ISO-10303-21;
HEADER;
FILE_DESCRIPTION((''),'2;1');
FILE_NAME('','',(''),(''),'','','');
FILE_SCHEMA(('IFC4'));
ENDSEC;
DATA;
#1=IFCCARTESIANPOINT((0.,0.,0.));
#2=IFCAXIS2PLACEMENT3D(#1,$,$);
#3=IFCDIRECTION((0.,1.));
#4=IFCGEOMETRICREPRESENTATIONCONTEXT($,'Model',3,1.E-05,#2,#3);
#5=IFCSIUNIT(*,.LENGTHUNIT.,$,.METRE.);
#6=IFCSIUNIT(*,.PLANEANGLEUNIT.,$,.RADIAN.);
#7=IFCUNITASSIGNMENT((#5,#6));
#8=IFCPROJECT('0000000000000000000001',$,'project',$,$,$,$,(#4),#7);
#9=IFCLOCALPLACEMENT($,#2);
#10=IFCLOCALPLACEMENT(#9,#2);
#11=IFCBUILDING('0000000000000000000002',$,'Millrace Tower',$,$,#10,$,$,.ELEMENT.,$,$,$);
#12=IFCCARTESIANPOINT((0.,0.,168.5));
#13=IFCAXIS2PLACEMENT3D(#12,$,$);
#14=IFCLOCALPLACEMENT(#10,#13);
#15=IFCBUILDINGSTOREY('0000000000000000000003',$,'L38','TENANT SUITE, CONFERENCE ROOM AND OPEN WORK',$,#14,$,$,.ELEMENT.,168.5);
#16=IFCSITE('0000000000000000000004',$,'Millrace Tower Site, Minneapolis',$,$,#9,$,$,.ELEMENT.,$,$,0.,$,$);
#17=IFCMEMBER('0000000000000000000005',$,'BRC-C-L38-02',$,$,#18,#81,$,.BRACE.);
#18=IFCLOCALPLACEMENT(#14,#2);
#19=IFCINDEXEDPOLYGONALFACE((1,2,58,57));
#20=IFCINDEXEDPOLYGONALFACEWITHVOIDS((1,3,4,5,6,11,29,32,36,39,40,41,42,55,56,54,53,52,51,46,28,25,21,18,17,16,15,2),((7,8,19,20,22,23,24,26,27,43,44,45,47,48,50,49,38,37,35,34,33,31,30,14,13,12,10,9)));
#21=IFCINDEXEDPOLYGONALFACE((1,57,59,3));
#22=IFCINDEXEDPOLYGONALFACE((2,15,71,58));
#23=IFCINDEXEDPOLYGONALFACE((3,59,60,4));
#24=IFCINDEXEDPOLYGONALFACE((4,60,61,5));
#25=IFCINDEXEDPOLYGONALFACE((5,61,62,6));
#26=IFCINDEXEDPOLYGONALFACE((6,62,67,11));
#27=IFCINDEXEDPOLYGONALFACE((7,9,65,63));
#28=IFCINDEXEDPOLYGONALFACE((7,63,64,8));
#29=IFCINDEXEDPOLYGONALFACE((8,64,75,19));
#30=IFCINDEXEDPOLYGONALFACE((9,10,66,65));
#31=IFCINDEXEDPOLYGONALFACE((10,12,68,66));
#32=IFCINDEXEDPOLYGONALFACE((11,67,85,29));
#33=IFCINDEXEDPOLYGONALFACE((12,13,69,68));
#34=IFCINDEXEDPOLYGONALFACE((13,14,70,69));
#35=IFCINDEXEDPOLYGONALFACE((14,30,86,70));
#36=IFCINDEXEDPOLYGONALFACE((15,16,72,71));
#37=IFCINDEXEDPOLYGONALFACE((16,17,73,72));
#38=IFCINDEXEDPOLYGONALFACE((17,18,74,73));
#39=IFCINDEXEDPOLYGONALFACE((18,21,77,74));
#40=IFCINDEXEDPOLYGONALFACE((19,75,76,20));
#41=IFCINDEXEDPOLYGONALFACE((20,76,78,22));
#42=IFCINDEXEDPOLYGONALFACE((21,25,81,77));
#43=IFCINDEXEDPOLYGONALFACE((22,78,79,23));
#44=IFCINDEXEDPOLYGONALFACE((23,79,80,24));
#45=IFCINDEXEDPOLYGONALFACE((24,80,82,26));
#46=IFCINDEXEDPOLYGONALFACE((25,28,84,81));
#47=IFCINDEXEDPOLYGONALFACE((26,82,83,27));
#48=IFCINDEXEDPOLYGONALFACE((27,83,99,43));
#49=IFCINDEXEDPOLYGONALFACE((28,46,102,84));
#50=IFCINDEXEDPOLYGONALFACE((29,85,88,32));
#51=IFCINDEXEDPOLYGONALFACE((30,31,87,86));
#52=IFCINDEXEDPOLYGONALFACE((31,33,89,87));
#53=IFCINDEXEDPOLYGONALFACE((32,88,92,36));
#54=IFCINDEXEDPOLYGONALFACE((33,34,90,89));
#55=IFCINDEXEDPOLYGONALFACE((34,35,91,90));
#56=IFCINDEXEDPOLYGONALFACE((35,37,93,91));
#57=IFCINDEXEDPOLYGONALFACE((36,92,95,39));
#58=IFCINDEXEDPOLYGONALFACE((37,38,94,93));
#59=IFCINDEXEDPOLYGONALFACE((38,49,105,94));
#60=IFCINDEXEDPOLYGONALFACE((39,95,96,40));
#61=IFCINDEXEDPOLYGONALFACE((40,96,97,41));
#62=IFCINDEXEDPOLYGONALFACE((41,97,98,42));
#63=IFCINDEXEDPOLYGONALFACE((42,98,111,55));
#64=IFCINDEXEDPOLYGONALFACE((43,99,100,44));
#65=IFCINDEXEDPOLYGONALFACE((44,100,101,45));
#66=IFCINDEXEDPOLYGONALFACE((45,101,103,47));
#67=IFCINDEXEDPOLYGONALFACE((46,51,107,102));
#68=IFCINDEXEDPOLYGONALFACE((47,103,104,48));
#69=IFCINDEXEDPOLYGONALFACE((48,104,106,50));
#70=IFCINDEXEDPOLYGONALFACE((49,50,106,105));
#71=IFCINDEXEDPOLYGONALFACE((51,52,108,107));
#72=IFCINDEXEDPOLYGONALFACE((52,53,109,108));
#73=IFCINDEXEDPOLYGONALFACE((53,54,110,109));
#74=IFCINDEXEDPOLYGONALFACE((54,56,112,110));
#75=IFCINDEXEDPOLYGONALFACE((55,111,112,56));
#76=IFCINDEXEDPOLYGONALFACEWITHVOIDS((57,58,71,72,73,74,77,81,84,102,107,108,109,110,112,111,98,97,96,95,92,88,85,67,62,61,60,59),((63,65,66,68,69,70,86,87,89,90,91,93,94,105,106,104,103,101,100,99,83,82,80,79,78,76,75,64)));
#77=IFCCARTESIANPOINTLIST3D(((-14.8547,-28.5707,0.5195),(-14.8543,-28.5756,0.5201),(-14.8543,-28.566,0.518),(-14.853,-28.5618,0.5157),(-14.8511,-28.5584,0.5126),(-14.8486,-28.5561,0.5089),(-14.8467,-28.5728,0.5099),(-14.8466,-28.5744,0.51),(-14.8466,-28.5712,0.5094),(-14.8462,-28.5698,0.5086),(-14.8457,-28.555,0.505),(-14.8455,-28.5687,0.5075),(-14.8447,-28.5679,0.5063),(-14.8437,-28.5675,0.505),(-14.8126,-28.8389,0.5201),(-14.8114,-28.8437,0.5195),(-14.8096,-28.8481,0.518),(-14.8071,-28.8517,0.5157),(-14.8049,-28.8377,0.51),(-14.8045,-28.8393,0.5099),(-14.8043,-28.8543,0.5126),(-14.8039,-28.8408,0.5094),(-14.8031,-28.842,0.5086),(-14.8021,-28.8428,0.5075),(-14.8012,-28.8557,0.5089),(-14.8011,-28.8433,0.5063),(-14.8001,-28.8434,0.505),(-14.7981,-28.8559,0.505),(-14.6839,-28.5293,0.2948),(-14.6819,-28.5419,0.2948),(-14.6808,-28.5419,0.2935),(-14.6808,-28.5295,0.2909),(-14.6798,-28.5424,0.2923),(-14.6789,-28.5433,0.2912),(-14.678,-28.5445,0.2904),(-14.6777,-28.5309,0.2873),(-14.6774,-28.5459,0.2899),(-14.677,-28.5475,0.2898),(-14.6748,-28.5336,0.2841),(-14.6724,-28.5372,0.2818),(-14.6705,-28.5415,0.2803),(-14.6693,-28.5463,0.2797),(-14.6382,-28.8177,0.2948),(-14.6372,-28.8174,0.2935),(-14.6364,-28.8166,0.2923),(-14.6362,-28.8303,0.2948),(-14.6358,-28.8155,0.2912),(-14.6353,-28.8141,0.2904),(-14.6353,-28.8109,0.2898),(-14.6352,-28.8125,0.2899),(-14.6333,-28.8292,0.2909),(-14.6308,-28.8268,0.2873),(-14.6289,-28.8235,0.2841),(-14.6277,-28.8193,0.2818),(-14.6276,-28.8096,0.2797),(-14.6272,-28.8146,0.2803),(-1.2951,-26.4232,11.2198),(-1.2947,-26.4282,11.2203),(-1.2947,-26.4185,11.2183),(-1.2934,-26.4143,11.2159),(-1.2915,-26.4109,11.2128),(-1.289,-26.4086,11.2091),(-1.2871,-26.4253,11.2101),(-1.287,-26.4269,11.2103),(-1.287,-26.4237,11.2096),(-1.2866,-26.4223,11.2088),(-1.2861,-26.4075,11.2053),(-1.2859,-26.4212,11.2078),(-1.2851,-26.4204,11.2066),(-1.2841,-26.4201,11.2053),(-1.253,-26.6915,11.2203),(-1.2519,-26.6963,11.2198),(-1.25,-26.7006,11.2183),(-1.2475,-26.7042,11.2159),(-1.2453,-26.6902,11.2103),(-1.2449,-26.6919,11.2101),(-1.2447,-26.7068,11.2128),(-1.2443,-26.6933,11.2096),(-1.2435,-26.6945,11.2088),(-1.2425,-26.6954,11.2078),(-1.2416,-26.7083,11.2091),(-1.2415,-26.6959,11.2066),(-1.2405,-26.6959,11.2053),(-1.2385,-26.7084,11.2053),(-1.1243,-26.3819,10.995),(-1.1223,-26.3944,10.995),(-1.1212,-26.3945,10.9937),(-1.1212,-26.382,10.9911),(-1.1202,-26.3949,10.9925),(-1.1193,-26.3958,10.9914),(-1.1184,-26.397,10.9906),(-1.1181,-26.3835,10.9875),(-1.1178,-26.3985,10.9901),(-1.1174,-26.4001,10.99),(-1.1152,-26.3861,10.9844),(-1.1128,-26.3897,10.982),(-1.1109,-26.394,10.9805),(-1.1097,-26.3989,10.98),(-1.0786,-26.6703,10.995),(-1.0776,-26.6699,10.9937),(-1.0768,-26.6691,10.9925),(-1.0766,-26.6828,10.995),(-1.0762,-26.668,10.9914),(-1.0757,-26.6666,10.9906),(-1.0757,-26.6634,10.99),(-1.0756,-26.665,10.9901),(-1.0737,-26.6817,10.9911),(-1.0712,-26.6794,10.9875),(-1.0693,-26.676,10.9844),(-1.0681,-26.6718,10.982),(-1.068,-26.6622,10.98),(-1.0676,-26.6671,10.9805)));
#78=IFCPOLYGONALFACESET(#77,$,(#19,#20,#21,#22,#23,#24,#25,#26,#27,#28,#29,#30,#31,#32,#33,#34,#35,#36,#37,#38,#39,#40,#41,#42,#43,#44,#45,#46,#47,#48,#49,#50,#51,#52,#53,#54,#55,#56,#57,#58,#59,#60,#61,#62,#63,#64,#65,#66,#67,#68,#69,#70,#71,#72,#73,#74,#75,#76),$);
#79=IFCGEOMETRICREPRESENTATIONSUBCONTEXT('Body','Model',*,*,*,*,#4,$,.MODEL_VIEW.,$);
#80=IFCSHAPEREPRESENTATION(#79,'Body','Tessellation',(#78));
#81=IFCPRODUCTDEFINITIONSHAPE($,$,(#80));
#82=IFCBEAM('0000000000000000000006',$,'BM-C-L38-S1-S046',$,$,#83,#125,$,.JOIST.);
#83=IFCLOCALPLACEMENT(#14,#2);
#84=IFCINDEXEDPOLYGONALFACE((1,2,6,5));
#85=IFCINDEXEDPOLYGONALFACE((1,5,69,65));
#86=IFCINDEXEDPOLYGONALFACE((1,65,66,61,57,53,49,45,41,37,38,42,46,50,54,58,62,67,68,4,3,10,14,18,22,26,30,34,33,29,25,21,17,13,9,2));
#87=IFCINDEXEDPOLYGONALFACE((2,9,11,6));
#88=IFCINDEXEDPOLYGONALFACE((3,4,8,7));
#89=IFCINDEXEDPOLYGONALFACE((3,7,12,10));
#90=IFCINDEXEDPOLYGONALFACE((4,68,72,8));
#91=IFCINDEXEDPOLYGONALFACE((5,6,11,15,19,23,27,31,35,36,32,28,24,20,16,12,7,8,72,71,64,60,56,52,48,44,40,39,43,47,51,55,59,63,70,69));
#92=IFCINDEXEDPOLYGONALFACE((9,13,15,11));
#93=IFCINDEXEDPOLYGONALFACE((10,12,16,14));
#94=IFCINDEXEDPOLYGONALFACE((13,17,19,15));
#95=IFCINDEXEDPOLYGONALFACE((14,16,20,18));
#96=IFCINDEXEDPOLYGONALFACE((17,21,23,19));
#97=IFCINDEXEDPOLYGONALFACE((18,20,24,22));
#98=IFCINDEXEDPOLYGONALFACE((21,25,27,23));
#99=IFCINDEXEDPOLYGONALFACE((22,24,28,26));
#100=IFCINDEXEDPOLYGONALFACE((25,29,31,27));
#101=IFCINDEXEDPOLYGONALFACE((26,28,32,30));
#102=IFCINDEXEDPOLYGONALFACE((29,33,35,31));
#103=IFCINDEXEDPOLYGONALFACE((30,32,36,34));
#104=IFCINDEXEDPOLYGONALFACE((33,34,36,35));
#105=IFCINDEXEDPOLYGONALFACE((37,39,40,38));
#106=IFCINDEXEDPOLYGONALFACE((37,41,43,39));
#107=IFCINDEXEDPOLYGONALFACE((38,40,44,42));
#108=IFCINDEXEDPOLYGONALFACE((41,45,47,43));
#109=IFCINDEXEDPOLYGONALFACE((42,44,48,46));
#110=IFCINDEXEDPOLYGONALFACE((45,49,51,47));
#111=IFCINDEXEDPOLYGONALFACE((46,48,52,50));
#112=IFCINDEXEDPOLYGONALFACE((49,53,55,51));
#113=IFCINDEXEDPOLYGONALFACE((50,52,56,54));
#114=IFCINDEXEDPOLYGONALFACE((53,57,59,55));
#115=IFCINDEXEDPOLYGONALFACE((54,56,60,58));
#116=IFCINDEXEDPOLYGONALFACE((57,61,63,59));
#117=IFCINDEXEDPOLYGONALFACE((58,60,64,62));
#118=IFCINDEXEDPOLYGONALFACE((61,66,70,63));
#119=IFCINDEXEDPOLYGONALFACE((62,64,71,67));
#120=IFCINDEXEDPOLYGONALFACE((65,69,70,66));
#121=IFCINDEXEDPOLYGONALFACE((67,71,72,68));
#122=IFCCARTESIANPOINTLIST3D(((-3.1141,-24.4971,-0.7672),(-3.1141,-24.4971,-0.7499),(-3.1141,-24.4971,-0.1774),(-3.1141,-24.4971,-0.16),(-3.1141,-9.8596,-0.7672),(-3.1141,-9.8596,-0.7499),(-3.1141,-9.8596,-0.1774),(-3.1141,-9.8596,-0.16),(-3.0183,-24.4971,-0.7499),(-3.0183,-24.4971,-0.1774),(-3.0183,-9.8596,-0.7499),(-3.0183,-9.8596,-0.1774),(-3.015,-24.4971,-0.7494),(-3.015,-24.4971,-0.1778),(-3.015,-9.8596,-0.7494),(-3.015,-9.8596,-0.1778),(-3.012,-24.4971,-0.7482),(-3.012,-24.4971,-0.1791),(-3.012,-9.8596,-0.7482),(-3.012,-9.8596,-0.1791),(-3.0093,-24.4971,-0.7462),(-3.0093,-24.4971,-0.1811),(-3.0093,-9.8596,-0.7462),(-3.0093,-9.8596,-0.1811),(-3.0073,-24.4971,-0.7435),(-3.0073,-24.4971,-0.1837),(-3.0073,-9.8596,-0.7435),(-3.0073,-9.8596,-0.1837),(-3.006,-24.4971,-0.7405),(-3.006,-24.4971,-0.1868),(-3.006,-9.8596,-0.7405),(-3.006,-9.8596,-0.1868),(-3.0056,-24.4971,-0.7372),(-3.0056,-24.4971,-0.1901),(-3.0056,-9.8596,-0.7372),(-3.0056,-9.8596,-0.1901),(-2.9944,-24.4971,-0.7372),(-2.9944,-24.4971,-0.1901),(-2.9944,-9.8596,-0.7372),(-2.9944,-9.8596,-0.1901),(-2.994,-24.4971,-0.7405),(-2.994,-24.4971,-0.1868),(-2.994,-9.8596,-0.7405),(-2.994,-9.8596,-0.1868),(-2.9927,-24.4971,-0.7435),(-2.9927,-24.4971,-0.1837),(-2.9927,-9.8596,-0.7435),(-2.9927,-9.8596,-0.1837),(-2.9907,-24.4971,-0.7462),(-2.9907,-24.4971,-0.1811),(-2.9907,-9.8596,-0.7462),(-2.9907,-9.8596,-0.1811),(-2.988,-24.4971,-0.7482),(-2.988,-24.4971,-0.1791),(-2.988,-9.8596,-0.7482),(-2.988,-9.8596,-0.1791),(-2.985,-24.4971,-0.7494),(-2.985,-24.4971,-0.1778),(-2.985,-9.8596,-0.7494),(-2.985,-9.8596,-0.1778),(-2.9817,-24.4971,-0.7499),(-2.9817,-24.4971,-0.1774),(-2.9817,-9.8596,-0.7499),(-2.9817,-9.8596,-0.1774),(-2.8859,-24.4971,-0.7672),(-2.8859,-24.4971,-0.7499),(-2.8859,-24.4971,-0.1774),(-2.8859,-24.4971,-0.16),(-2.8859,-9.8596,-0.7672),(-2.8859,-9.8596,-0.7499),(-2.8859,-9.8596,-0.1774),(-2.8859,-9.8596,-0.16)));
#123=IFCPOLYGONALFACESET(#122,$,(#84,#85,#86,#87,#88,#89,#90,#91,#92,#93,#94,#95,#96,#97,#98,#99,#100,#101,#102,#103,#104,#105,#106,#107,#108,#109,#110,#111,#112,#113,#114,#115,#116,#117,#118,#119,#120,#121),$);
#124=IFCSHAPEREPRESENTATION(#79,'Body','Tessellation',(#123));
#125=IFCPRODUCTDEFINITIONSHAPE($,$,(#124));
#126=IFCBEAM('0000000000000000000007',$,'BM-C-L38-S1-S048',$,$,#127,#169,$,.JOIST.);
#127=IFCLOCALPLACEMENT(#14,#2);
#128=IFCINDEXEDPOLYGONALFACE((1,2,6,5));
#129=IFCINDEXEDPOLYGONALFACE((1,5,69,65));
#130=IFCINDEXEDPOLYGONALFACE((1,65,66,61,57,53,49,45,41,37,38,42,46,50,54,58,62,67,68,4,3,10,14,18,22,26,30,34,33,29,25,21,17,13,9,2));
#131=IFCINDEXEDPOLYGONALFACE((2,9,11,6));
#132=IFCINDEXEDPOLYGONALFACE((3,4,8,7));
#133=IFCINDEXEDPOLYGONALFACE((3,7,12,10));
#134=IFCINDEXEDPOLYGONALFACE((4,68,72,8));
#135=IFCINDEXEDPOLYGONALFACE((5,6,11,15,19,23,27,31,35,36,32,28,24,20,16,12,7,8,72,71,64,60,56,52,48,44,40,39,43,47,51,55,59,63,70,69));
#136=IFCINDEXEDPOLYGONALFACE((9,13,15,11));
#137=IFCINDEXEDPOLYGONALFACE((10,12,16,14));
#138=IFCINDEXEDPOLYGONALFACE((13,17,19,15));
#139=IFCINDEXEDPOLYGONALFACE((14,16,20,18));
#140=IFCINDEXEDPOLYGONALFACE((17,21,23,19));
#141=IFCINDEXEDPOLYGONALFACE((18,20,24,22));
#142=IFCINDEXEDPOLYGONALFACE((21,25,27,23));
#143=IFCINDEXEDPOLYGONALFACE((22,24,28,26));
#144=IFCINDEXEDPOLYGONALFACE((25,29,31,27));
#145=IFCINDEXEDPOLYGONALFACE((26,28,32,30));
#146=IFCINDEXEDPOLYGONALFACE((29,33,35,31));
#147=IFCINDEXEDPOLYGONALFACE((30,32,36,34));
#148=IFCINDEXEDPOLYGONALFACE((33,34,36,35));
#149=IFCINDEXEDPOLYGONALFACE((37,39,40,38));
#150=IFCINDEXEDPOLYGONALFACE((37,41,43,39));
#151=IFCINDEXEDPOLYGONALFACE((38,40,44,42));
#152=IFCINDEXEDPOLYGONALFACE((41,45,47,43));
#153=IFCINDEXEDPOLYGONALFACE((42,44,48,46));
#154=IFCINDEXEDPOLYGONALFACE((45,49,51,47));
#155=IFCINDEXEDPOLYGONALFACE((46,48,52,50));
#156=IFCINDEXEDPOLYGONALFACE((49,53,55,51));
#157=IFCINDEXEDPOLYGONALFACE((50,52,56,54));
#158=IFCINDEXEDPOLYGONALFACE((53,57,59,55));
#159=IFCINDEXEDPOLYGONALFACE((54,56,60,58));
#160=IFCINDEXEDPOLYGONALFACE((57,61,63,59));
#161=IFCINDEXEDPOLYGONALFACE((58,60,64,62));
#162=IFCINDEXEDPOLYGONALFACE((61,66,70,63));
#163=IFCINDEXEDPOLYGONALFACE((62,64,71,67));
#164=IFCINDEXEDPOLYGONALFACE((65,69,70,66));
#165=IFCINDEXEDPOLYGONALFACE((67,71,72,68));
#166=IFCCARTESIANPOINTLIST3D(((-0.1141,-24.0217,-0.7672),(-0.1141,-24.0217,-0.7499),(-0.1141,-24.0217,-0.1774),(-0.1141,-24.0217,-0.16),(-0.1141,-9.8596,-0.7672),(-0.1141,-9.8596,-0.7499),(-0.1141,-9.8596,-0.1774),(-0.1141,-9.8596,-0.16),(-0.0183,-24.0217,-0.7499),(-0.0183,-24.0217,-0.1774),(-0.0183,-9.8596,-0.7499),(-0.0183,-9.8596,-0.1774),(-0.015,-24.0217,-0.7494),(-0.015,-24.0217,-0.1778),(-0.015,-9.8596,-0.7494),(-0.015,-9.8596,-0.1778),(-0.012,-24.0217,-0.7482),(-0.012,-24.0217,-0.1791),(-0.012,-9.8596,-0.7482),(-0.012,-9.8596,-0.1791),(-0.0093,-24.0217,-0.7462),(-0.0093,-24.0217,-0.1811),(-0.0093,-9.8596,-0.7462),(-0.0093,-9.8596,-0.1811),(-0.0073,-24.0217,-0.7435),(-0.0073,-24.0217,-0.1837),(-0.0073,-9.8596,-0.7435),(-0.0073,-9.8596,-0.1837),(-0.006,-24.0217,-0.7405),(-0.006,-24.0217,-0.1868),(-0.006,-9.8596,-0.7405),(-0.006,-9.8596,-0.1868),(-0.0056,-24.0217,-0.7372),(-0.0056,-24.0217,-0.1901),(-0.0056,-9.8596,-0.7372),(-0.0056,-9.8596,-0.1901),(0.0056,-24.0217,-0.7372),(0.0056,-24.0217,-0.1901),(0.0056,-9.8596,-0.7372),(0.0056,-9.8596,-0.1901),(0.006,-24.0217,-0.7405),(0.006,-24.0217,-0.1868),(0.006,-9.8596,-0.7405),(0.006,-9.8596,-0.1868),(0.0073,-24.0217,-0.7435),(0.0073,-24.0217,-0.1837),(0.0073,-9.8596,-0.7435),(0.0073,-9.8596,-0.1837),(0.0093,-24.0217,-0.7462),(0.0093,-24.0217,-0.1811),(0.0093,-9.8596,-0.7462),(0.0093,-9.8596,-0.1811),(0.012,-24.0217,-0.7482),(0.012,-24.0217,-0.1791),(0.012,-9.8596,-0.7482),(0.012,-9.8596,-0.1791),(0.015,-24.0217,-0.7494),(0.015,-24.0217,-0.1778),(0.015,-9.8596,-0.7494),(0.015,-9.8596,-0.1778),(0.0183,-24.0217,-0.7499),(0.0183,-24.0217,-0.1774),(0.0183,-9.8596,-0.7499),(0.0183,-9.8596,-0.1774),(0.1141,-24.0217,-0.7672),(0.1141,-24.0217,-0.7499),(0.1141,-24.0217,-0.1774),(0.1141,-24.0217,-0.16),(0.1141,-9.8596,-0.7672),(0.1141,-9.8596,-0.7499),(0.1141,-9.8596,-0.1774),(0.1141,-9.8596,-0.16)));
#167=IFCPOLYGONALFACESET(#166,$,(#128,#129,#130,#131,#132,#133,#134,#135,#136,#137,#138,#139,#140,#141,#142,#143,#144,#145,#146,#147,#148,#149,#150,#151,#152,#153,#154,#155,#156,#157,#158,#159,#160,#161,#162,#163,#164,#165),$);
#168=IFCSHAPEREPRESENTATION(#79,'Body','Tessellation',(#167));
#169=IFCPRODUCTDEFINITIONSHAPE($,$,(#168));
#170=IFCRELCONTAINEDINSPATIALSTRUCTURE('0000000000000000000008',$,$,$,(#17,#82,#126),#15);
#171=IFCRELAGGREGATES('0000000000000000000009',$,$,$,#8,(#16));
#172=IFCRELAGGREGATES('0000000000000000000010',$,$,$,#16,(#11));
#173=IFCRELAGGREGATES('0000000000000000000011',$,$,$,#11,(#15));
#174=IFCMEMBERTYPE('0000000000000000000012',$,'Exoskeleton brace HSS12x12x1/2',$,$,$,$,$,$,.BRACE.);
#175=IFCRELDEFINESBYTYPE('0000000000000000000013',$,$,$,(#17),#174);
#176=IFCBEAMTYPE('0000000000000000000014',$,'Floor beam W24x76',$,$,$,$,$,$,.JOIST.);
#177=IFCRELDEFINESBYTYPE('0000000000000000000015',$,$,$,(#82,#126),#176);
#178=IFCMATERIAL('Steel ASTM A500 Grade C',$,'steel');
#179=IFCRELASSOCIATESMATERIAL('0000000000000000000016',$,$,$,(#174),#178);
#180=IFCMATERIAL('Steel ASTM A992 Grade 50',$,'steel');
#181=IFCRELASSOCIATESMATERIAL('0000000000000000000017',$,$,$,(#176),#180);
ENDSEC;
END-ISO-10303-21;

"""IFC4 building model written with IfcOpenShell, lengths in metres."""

from ifc_helpers import new_model, si_unit, direction, frame, origin, origin_2d, place, context, subcontext, project, spatial, hollow_rectangle, i_section, extrude, material, material_profile, profile_set, type_object, element, save


model = new_model("IFC4")

# Units and contexts
model_context = context("Model", 3, precision=1e-05, world=origin(), true_north=direction((0.0, 1.0)))
body_context = subcontext(model_context, "Body", "Model", "MODEL_VIEW")
ifc_project = project(units=[si_unit("LENGTHUNIT", "METRE"), si_unit("PLANEANGLEUNIT", "RADIAN")], contexts=[model_context])

# Site, building, storey
site_placement = place(None, origin())
site = spatial("IfcSite", under=ifc_project, at=site_placement, Name="Millrace Tower Site, Minneapolis", CompositionType="ELEMENT", RefElevation=0.0)
building_placement = place(site_placement, origin())
building = spatial("IfcBuilding", under=site, at=building_placement, Name="Millrace Tower", CompositionType="ELEMENT")
storey_placement = place(building_placement, frame((0.0, 0.0, 168.5)))
storey = spatial("IfcBuildingStorey", under=building, at=storey_placement, Name="L38", Description="TENANT SUITE, CONFERENCE ROOM AND OPEN WORK", CompositionType="ELEMENT", Elevation=168.5)

# Member
ifc_material_1 = material(Name="Steel ASTM A500 Grade C", Category="steel")
ifc_material_profile_1 = material_profile(ifc_material_1, hollow_rectangle(XDim=0.3047, YDim=0.3047, WallThickness=0.0127, InnerFilletRadius=0.0063, OuterFilletRadius=0.019, at=origin_2d()))
ifc_profile_set_1 = profile_set([ifc_material_profile_1], Name="Steel ASTM A500 Grade C")
member_type_1 = type_object("IfcMemberType", Name="Exoskeleton brace HSS12x12x1/2", PredefinedType="BRACE", material=ifc_profile_set_1)
member_1_placement = place(storey_placement, frame((-14.741, -28.6926, 0.3999), z_axis=(0.779018, 0.123375, 0.614743), x_axis=(-0.156423, 0.98769, 0.0)))
element("IfcMember", 1, at=member_1_placement, inside=storey, type_object=member_type_1, Name="BRC-C-L38-02", PredefinedType="BRACE", context=body_context, shape_type="SweptSolid", body=[
    extrude(hollow_rectangle(XDim=0.3047, YDim=0.3047, WallThickness=0.0127, InnerFilletRadius=0.0063, OuterFilletRadius=0.019, at=origin_2d()), origin(), (0.0, 0.0, 1.0), 17.406),
])

# Beams
ifc_material_2 = material(Name="Steel ASTM A992 Grade 50", Category="steel")
ifc_material_profile_2 = material_profile(ifc_material_2, i_section(OverallWidth=0.2283, OverallDepth=0.6072, WebThickness=0.0112, FlangeThickness=0.0173, FilletRadius=0.0127, at=origin_2d()))
ifc_profile_set_2 = profile_set([ifc_material_profile_2], Name="Steel ASTM A992 Grade 50")
beam_type_1 = type_object("IfcBeamType", Name="Floor beam W24x76", PredefinedType="JOIST", material=ifc_profile_set_2)
beam_1_placement = place(storey_placement, frame((-3.0, -24.4971, -0.4636), z_axis=(0.0, 1.0, 0.0), x_axis=(-1.0, 0.0, 0.0)))
element("IfcBeam", 2, at=beam_1_placement, inside=storey, type_object=beam_type_1, Name="BM-C-L38-S1-S046", PredefinedType="JOIST", context=body_context, shape_type="SweptSolid", body=[
    extrude(i_section(OverallWidth=0.2283, OverallDepth=0.6072, WebThickness=0.0112, FlangeThickness=0.0173, FilletRadius=0.0127, at=origin_2d()), origin(), (0.0, 0.0, 1.0), 14.6375),
])
beam_2_placement = place(storey_placement, frame((0.0, -24.0217, -0.4636), z_axis=(0.0, 1.0, 0.0), x_axis=(-1.0, 0.0, 0.0)))
element("IfcBeam", 3, at=beam_2_placement, inside=storey, type_object=beam_type_1, Name="BM-C-L38-S1-S048", PredefinedType="JOIST", context=body_context, shape_type="SweptSolid", body=[
    extrude(i_section(OverallWidth=0.2283, OverallDepth=0.6072, WebThickness=0.0112, FlangeThickness=0.0173, FilletRadius=0.0127, at=origin_2d()), origin(), (0.0, 0.0, 1.0), 14.1621),
])

save(model, "model.ifc")
